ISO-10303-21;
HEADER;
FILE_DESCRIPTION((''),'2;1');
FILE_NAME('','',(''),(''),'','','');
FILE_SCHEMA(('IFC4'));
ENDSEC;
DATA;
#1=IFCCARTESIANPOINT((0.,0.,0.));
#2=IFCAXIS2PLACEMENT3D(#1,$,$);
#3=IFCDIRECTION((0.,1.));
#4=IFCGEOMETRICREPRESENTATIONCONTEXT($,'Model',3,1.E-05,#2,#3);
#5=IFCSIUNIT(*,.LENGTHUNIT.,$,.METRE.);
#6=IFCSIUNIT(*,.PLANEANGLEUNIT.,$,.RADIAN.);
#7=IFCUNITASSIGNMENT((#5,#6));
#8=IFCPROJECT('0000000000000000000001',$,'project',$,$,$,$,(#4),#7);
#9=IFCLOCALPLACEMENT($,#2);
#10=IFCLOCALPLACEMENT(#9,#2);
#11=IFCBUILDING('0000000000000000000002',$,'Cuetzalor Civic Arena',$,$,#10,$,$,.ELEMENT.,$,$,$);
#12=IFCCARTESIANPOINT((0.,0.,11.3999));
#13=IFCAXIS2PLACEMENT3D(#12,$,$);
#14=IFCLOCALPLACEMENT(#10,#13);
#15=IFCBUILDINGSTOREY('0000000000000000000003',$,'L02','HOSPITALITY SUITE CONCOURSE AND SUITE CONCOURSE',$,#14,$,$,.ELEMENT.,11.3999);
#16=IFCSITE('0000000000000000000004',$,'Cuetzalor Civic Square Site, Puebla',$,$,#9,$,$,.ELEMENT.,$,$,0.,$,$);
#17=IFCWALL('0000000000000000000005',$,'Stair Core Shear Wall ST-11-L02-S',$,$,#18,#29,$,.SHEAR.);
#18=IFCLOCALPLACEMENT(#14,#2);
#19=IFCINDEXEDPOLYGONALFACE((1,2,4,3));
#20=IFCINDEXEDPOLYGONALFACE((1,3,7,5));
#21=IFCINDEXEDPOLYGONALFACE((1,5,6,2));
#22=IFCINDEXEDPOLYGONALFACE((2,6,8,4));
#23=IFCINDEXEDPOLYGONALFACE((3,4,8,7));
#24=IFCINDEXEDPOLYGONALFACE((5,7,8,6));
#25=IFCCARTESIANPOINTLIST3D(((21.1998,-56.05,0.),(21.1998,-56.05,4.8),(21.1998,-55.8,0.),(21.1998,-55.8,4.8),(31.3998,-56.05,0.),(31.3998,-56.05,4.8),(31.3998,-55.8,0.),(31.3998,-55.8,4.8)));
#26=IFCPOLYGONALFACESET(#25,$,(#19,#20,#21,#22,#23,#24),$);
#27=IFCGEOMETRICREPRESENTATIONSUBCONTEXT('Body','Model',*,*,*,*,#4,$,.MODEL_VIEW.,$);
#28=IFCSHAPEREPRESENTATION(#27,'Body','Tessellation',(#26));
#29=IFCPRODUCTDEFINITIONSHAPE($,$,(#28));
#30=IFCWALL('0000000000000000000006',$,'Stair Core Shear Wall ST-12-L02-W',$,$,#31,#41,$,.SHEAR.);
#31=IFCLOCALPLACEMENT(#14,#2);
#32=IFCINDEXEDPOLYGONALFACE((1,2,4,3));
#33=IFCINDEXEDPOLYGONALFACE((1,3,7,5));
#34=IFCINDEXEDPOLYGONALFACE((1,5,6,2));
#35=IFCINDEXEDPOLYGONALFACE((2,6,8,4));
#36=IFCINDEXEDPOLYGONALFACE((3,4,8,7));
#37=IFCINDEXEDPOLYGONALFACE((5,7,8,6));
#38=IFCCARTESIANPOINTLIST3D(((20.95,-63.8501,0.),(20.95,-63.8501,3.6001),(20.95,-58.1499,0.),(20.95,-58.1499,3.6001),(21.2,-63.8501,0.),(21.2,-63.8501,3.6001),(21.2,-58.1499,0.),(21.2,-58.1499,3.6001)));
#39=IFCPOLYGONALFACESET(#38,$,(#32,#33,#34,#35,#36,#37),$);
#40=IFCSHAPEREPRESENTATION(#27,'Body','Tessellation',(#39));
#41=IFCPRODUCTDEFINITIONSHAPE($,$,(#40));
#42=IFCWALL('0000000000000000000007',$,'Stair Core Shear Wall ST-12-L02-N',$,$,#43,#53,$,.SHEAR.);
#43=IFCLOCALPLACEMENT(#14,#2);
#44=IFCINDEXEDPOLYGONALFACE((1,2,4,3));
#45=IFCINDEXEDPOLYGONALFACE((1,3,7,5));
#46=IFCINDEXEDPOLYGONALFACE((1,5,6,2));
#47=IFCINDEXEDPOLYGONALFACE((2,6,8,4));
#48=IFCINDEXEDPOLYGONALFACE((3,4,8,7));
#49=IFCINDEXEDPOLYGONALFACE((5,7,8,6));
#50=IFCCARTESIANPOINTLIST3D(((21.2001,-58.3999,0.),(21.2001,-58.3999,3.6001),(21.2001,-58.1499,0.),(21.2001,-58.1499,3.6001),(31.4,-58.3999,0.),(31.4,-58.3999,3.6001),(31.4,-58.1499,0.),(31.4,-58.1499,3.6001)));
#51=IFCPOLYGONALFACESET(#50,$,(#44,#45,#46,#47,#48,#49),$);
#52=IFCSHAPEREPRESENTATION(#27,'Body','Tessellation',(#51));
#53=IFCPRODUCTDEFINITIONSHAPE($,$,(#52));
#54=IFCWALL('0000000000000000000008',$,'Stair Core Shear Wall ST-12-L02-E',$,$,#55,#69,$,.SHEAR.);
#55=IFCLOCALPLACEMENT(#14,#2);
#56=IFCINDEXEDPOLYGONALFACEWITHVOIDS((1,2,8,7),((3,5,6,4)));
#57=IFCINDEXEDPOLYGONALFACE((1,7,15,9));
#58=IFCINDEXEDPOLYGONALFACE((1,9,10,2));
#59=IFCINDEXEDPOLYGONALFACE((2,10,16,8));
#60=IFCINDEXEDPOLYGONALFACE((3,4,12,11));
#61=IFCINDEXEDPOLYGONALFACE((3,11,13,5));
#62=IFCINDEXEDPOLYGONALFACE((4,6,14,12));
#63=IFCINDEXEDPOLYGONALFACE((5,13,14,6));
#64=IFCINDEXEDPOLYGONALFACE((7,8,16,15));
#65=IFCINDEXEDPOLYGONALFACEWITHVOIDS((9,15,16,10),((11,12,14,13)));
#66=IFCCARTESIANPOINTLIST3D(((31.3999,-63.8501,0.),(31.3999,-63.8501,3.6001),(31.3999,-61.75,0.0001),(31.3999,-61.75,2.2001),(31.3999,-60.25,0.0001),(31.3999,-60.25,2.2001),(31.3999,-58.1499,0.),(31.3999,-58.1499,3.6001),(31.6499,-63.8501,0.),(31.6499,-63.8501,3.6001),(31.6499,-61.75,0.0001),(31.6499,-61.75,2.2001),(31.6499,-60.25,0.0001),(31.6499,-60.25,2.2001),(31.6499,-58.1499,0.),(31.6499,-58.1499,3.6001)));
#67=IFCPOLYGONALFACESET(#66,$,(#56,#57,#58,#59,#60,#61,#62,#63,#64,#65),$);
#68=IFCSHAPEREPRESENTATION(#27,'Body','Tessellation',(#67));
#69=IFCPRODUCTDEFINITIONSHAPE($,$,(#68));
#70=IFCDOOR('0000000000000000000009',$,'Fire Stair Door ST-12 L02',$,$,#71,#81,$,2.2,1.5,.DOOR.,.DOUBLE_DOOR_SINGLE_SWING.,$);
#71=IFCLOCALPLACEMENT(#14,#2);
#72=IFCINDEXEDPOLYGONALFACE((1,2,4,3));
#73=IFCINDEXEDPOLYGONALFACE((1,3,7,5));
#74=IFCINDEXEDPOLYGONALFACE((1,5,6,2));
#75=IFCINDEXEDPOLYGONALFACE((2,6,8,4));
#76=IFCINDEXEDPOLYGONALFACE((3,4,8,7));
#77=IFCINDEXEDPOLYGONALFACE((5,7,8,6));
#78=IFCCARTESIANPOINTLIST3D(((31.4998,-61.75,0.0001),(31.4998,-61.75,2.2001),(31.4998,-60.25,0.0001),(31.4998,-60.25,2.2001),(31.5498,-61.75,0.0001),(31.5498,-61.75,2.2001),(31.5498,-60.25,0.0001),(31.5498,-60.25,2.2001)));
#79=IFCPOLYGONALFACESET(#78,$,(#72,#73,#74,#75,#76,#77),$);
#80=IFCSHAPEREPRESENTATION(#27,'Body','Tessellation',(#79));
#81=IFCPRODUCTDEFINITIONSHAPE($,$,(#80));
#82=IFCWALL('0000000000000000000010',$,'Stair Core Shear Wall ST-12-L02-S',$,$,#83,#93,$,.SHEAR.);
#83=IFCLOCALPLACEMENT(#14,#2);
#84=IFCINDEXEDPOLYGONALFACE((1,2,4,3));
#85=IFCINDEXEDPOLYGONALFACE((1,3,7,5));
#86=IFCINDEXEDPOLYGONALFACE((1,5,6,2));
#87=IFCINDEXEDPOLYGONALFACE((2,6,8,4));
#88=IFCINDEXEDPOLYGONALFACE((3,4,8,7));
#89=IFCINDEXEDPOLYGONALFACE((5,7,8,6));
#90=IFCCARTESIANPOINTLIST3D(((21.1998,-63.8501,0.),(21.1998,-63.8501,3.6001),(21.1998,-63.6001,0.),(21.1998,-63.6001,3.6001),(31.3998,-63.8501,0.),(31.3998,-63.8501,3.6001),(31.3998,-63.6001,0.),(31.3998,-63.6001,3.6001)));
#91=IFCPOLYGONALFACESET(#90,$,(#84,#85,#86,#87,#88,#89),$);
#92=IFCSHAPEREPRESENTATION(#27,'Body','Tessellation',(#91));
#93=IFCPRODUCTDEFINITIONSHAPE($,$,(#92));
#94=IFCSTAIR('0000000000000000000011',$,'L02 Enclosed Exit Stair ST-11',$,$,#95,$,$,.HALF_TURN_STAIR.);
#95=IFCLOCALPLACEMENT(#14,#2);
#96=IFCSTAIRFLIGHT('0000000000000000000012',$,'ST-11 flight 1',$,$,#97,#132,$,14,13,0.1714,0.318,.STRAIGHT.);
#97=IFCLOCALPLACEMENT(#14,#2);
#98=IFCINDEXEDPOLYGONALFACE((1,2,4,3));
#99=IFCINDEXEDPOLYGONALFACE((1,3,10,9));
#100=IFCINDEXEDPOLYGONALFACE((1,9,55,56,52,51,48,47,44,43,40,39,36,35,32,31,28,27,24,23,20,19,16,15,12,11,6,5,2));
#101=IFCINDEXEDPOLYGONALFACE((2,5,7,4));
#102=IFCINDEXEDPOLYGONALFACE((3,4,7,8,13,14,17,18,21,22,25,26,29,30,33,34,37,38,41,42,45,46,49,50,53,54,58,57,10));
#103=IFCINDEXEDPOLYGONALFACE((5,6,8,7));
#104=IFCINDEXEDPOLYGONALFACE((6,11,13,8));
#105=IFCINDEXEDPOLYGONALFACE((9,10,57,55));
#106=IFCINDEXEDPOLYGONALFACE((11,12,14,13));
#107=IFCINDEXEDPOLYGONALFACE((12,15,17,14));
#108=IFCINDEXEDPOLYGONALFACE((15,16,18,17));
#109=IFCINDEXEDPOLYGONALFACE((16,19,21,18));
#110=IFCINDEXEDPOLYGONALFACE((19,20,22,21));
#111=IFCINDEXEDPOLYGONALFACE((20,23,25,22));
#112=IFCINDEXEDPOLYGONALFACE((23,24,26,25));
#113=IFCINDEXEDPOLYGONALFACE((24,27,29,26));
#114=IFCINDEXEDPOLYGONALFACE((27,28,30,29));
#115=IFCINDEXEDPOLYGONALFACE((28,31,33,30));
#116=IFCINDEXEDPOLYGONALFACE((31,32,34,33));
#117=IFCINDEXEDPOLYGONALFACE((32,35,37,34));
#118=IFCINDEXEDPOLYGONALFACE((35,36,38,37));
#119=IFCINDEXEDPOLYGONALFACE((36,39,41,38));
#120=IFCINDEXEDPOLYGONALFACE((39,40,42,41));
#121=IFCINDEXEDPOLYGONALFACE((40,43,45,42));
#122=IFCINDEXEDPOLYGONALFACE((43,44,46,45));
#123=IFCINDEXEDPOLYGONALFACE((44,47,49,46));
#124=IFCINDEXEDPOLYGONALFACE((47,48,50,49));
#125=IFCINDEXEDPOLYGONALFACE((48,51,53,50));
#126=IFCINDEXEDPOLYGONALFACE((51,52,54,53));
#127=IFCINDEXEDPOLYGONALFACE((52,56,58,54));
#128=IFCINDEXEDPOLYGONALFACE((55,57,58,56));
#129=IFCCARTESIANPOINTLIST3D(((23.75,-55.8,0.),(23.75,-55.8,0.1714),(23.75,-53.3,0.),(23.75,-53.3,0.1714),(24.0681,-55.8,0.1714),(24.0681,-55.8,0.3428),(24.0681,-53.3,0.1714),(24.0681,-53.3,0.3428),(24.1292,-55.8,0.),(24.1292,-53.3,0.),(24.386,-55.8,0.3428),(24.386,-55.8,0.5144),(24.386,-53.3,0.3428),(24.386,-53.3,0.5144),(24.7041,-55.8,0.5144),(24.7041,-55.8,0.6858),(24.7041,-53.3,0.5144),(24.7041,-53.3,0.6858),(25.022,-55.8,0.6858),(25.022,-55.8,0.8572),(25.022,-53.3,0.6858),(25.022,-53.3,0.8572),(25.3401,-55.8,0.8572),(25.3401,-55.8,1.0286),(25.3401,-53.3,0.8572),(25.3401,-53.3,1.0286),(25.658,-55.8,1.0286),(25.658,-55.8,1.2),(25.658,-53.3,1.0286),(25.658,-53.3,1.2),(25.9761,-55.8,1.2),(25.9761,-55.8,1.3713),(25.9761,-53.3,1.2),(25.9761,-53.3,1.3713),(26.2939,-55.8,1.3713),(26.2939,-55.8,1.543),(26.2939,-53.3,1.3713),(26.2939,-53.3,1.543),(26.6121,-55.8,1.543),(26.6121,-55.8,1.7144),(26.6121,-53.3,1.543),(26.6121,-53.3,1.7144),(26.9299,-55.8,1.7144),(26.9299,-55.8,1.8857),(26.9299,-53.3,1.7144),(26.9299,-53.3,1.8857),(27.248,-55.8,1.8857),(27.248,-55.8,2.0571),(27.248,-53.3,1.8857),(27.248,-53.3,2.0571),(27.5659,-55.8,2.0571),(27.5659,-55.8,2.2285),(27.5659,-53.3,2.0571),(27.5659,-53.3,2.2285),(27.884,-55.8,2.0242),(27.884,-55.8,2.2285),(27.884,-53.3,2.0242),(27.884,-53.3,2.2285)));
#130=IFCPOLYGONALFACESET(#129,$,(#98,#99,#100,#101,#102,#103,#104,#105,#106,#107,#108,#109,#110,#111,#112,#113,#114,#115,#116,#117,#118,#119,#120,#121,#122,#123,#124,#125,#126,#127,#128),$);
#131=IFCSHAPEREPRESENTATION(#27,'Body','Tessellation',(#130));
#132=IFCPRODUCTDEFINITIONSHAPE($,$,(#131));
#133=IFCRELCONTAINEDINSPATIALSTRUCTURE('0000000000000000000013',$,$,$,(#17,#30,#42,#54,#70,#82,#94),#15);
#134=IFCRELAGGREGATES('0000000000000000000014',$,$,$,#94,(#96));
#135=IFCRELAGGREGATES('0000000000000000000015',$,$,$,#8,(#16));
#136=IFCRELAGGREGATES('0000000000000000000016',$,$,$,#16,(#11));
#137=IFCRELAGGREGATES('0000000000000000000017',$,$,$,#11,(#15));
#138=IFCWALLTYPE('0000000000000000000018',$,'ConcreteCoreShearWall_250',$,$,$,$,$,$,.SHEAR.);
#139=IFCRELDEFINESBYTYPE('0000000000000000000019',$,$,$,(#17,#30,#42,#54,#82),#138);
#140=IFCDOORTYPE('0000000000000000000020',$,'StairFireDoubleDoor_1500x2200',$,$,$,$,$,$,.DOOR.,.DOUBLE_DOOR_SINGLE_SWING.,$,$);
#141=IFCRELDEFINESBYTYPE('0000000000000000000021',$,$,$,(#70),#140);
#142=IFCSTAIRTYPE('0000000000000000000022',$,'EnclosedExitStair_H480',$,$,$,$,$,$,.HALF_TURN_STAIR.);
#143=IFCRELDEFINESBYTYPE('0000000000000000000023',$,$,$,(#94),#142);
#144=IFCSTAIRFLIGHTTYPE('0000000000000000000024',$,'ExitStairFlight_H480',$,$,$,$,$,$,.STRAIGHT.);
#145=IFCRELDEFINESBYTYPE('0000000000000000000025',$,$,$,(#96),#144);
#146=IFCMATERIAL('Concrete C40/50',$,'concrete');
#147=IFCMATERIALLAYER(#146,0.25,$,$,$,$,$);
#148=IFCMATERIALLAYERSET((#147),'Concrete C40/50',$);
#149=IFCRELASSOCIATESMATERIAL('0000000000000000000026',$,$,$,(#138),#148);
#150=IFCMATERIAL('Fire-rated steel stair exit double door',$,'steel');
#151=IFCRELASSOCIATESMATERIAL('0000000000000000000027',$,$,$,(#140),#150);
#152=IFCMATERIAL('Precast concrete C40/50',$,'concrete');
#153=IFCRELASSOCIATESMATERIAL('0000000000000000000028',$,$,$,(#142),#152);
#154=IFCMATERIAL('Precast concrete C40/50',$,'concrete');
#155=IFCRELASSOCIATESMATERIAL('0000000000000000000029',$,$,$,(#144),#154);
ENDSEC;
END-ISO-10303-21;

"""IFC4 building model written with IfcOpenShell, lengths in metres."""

from ifc_helpers import new_model, si_unit, direction, frame, frame_2d, origin, place, context, subcontext, project, spatial, polyline, rectangle, outline, extrude, material, layer, layer_set, type_object, element, fill, aggregate, save


model = new_model("IFC4")

# Units and contexts
model_context = context("Model", 3, precision=1e-05, world=origin(), true_north=direction((0.0, 1.0)))
body_context = subcontext(model_context, "Body", "Model", "MODEL_VIEW")
ifc_project = project(units=[si_unit("LENGTHUNIT", "METRE"), si_unit("PLANEANGLEUNIT", "RADIAN")], contexts=[model_context])

# Site, building, storey
site_placement = place(None, origin())
site = spatial("IfcSite", under=ifc_project, at=site_placement, Name="Cuetzalor Civic Square Site, Puebla", CompositionType="ELEMENT", RefElevation=0.0)
building_placement = place(site_placement, origin())
building = spatial("IfcBuilding", under=site, at=building_placement, Name="Cuetzalor Civic Arena", CompositionType="ELEMENT")
storey_placement = place(building_placement, frame((0.0, 0.0, 11.3999)))
storey = spatial("IfcBuildingStorey", under=building, at=storey_placement, Name="L02", Description="HOSPITALITY SUITE CONCOURSE AND SUITE CONCOURSE", CompositionType="ELEMENT", Elevation=11.3999)

# Shared definitions
ifc_material_1 = material(Name="Concrete C40/50", Category="concrete")
ifc_layer = layer(ifc_material_1, 0.25)
ifc_layer_set = layer_set([ifc_layer], Name="Concrete C40/50")
wall_type = type_object("IfcWallType", Name="ConcreteCoreShearWall_250", PredefinedType="SHEAR", material=ifc_layer_set)
ifc_material_2 = material(Name="Fire-rated steel stair exit double door", Category="steel")
door_type = type_object("IfcDoorType", Name="StairFireDoubleDoor_1500x2200", OperationType="DOUBLE_DOOR_SINGLE_SWING", PredefinedType="DOOR", material=ifc_material_2)

# Walls
wall_1_placement = place(storey_placement, frame((31.3999, -55.925, 0.0), z_axis=(0.0, 0.0, 1.0), x_axis=(-1.0, 0.0, 0.0)))
element("IfcWall", 1, at=wall_1_placement, inside=storey, type_object=wall_type, Name="Stair Core Shear Wall ST-11-L02-S", PredefinedType="SHEAR", context=body_context, shape_type="SweptSolid", body=[
    extrude(rectangle(XDim=10.2, YDim=0.25, at=frame_2d((5.1001, 0.0))), origin(), (0.0, 0.0, 1.0), 4.8),
])
wall_2_placement = place(storey_placement, frame((21.075, -63.8501, 0.0), z_axis=(0.0, 0.0, 1.0), x_axis=(0.0, 1.0, 0.0)))
element("IfcWall", 2, at=wall_2_placement, inside=storey, type_object=wall_type, Name="Stair Core Shear Wall ST-12-L02-W", PredefinedType="SHEAR", context=body_context, shape_type="SweptSolid", body=[
    extrude(rectangle(XDim=5.7002, YDim=0.25, at=frame_2d((2.8501, 0.0))), origin(), (0.0, 0.0, 1.0), 3.6001),
])
wall_3_placement = place(storey_placement, frame((21.2, -58.2749, 0.0), z_axis=(0.0, 0.0, 1.0), x_axis=(1.0, 0.0, 0.0)))
element("IfcWall", 3, at=wall_3_placement, inside=storey, type_object=wall_type, Name="Stair Core Shear Wall ST-12-L02-N", PredefinedType="SHEAR", context=body_context, shape_type="SweptSolid", body=[
    extrude(rectangle(XDim=10.2, YDim=0.25, at=frame_2d((5.1001, 0.0))), origin(), (0.0, 0.0, 1.0), 3.6001),
])

# Wall, opening, door
wall_4_placement = place(storey_placement, frame((31.5249, -58.1499, 0.0), z_axis=(0.0, 0.0, 1.0), x_axis=(0.0, -1.0, 0.0)))
wall_4 = element("IfcWall", 4, at=wall_4_placement, inside=storey, type_object=wall_type, Name="Stair Core Shear Wall ST-12-L02-E", PredefinedType="SHEAR", context=body_context, shape_type="SweptSolid", body=[
    extrude(rectangle(XDim=5.7002, YDim=0.25, at=frame_2d((2.8501, 0.0))), origin(), (0.0, 0.0, 1.0), 3.6001),
])
opening_1_placement = place(wall_4_placement, frame((2.1001, 0.0, 0.0)))
opening_1 = element("IfcOpeningElement", 5, at=opening_1_placement, cuts=wall_4, PredefinedType="OPENING", context=body_context, shape_type="SweptSolid", body=[
    extrude(rectangle(XDim=1.5, YDim=2.2, at=frame_2d((0.75, 1.1001))), frame((0.0, 0.135, 0.0), z_axis=(0.0, -1.0, 0.0), x_axis=(1.0, 0.0, 0.0)), (0.0, 0.0, 1.0), 0.27),
])
door_1_placement = place(opening_1_placement, origin())
door_1 = element("IfcDoor", 6, at=door_1_placement, inside=storey, type_object=door_type, Name="Fire Stair Door ST-12 L02", OperationType="DOUBLE_DOOR_SINGLE_SWING", OverallHeight=2.2, OverallWidth=1.5, PredefinedType="DOOR", context=body_context, shape_type="SweptSolid", body=[
    extrude(rectangle(XDim=1.5, YDim=2.2, at=frame_2d((0.75, 1.1001))), frame((0.0, 0.0249, 0.0), z_axis=(0.0, -1.0, 0.0), x_axis=(1.0, 0.0, 0.0)), (0.0, 0.0, 1.0), 0.05),
])
fill(opening_1, door_1)

# Wall
wall_5_placement = place(storey_placement, frame((31.3999, -63.7251, 0.0), z_axis=(0.0, 0.0, 1.0), x_axis=(-1.0, 0.0, 0.0)))
element("IfcWall", 7, at=wall_5_placement, inside=storey, type_object=wall_type, Name="Stair Core Shear Wall ST-12-L02-S", PredefinedType="SHEAR", context=body_context, shape_type="SweptSolid", body=[
    extrude(rectangle(XDim=10.2, YDim=0.25, at=frame_2d((5.1001, 0.0))), origin(), (0.0, 0.0, 1.0), 3.6001),
])

# Stair, stair flight
ifc_material_3 = material(Name="Precast concrete C40/50", Category="concrete")
stair_type = type_object("IfcStairType", Name="EnclosedExitStair_H480", PredefinedType="HALF_TURN_STAIR", material=ifc_material_3)
stair_placement = place(storey_placement, origin())
stair = element("IfcStair", 8, at=stair_placement, inside=storey, type_object=stair_type, Name="L02 Enclosed Exit Stair ST-11", PredefinedType="HALF_TURN_STAIR")
ifc_material_4 = material(Name="Precast concrete C40/50", Category="concrete")
stair_flight_type = type_object("IfcStairFlightType", Name="ExitStairFlight_H480", PredefinedType="STRAIGHT", material=ifc_material_4)
stair_flight_placement = place(storey_placement, frame((23.75, -54.55, 0.0), z_axis=(0.0, 0.0, 1.0), x_axis=(1.0, 0.0, 0.0)))
stair_flight = element("IfcStairFlight", 9, at=stair_flight_placement, type_object=stair_flight_type, Name="ST-11 flight 1", NumberOfRisers=14, NumberOfTreads=13, PredefinedType="STRAIGHT", RiserHeight=0.1714, TreadLength=0.318, context=body_context, shape_type="SweptSolid", body=[
    extrude(outline(polyline([(0.0, 0.0), (0.0, 0.1714), (0.3181, 0.1714), (0.3181, 0.3428), (0.636, 0.3428), (0.636, 0.5144), (0.9541, 0.5144), (0.9541, 0.6858), (1.272, 0.6858), (1.272, 0.8572), (1.5901, 0.8572), (1.5901, 1.0286), (1.908, 1.0286), (1.908, 1.2), (2.2261, 1.2), (2.2261, 1.3713), (2.5439, 1.3713), (2.5439, 1.543), (2.8621, 1.543), (2.8621, 1.7144), (3.1799, 1.7144), (3.1799, 1.8857), (3.498, 1.8857), (3.498, 2.0571), (3.8159, 2.0571), (3.8159, 2.2285), (4.134, 2.2285), (4.134, 2.3999), (4.134, 2.0242), (0.3792, 0.0), (0.0, 0.0)])), frame((0.0, 1.25, 0.0), z_axis=(0.0, -1.0, 0.0), x_axis=(1.0, 0.0, 0.0)), (0.0, 0.0, 1.0), 2.5),
])
aggregate(stair, [stair_flight])

save(model, "model.ifc")
